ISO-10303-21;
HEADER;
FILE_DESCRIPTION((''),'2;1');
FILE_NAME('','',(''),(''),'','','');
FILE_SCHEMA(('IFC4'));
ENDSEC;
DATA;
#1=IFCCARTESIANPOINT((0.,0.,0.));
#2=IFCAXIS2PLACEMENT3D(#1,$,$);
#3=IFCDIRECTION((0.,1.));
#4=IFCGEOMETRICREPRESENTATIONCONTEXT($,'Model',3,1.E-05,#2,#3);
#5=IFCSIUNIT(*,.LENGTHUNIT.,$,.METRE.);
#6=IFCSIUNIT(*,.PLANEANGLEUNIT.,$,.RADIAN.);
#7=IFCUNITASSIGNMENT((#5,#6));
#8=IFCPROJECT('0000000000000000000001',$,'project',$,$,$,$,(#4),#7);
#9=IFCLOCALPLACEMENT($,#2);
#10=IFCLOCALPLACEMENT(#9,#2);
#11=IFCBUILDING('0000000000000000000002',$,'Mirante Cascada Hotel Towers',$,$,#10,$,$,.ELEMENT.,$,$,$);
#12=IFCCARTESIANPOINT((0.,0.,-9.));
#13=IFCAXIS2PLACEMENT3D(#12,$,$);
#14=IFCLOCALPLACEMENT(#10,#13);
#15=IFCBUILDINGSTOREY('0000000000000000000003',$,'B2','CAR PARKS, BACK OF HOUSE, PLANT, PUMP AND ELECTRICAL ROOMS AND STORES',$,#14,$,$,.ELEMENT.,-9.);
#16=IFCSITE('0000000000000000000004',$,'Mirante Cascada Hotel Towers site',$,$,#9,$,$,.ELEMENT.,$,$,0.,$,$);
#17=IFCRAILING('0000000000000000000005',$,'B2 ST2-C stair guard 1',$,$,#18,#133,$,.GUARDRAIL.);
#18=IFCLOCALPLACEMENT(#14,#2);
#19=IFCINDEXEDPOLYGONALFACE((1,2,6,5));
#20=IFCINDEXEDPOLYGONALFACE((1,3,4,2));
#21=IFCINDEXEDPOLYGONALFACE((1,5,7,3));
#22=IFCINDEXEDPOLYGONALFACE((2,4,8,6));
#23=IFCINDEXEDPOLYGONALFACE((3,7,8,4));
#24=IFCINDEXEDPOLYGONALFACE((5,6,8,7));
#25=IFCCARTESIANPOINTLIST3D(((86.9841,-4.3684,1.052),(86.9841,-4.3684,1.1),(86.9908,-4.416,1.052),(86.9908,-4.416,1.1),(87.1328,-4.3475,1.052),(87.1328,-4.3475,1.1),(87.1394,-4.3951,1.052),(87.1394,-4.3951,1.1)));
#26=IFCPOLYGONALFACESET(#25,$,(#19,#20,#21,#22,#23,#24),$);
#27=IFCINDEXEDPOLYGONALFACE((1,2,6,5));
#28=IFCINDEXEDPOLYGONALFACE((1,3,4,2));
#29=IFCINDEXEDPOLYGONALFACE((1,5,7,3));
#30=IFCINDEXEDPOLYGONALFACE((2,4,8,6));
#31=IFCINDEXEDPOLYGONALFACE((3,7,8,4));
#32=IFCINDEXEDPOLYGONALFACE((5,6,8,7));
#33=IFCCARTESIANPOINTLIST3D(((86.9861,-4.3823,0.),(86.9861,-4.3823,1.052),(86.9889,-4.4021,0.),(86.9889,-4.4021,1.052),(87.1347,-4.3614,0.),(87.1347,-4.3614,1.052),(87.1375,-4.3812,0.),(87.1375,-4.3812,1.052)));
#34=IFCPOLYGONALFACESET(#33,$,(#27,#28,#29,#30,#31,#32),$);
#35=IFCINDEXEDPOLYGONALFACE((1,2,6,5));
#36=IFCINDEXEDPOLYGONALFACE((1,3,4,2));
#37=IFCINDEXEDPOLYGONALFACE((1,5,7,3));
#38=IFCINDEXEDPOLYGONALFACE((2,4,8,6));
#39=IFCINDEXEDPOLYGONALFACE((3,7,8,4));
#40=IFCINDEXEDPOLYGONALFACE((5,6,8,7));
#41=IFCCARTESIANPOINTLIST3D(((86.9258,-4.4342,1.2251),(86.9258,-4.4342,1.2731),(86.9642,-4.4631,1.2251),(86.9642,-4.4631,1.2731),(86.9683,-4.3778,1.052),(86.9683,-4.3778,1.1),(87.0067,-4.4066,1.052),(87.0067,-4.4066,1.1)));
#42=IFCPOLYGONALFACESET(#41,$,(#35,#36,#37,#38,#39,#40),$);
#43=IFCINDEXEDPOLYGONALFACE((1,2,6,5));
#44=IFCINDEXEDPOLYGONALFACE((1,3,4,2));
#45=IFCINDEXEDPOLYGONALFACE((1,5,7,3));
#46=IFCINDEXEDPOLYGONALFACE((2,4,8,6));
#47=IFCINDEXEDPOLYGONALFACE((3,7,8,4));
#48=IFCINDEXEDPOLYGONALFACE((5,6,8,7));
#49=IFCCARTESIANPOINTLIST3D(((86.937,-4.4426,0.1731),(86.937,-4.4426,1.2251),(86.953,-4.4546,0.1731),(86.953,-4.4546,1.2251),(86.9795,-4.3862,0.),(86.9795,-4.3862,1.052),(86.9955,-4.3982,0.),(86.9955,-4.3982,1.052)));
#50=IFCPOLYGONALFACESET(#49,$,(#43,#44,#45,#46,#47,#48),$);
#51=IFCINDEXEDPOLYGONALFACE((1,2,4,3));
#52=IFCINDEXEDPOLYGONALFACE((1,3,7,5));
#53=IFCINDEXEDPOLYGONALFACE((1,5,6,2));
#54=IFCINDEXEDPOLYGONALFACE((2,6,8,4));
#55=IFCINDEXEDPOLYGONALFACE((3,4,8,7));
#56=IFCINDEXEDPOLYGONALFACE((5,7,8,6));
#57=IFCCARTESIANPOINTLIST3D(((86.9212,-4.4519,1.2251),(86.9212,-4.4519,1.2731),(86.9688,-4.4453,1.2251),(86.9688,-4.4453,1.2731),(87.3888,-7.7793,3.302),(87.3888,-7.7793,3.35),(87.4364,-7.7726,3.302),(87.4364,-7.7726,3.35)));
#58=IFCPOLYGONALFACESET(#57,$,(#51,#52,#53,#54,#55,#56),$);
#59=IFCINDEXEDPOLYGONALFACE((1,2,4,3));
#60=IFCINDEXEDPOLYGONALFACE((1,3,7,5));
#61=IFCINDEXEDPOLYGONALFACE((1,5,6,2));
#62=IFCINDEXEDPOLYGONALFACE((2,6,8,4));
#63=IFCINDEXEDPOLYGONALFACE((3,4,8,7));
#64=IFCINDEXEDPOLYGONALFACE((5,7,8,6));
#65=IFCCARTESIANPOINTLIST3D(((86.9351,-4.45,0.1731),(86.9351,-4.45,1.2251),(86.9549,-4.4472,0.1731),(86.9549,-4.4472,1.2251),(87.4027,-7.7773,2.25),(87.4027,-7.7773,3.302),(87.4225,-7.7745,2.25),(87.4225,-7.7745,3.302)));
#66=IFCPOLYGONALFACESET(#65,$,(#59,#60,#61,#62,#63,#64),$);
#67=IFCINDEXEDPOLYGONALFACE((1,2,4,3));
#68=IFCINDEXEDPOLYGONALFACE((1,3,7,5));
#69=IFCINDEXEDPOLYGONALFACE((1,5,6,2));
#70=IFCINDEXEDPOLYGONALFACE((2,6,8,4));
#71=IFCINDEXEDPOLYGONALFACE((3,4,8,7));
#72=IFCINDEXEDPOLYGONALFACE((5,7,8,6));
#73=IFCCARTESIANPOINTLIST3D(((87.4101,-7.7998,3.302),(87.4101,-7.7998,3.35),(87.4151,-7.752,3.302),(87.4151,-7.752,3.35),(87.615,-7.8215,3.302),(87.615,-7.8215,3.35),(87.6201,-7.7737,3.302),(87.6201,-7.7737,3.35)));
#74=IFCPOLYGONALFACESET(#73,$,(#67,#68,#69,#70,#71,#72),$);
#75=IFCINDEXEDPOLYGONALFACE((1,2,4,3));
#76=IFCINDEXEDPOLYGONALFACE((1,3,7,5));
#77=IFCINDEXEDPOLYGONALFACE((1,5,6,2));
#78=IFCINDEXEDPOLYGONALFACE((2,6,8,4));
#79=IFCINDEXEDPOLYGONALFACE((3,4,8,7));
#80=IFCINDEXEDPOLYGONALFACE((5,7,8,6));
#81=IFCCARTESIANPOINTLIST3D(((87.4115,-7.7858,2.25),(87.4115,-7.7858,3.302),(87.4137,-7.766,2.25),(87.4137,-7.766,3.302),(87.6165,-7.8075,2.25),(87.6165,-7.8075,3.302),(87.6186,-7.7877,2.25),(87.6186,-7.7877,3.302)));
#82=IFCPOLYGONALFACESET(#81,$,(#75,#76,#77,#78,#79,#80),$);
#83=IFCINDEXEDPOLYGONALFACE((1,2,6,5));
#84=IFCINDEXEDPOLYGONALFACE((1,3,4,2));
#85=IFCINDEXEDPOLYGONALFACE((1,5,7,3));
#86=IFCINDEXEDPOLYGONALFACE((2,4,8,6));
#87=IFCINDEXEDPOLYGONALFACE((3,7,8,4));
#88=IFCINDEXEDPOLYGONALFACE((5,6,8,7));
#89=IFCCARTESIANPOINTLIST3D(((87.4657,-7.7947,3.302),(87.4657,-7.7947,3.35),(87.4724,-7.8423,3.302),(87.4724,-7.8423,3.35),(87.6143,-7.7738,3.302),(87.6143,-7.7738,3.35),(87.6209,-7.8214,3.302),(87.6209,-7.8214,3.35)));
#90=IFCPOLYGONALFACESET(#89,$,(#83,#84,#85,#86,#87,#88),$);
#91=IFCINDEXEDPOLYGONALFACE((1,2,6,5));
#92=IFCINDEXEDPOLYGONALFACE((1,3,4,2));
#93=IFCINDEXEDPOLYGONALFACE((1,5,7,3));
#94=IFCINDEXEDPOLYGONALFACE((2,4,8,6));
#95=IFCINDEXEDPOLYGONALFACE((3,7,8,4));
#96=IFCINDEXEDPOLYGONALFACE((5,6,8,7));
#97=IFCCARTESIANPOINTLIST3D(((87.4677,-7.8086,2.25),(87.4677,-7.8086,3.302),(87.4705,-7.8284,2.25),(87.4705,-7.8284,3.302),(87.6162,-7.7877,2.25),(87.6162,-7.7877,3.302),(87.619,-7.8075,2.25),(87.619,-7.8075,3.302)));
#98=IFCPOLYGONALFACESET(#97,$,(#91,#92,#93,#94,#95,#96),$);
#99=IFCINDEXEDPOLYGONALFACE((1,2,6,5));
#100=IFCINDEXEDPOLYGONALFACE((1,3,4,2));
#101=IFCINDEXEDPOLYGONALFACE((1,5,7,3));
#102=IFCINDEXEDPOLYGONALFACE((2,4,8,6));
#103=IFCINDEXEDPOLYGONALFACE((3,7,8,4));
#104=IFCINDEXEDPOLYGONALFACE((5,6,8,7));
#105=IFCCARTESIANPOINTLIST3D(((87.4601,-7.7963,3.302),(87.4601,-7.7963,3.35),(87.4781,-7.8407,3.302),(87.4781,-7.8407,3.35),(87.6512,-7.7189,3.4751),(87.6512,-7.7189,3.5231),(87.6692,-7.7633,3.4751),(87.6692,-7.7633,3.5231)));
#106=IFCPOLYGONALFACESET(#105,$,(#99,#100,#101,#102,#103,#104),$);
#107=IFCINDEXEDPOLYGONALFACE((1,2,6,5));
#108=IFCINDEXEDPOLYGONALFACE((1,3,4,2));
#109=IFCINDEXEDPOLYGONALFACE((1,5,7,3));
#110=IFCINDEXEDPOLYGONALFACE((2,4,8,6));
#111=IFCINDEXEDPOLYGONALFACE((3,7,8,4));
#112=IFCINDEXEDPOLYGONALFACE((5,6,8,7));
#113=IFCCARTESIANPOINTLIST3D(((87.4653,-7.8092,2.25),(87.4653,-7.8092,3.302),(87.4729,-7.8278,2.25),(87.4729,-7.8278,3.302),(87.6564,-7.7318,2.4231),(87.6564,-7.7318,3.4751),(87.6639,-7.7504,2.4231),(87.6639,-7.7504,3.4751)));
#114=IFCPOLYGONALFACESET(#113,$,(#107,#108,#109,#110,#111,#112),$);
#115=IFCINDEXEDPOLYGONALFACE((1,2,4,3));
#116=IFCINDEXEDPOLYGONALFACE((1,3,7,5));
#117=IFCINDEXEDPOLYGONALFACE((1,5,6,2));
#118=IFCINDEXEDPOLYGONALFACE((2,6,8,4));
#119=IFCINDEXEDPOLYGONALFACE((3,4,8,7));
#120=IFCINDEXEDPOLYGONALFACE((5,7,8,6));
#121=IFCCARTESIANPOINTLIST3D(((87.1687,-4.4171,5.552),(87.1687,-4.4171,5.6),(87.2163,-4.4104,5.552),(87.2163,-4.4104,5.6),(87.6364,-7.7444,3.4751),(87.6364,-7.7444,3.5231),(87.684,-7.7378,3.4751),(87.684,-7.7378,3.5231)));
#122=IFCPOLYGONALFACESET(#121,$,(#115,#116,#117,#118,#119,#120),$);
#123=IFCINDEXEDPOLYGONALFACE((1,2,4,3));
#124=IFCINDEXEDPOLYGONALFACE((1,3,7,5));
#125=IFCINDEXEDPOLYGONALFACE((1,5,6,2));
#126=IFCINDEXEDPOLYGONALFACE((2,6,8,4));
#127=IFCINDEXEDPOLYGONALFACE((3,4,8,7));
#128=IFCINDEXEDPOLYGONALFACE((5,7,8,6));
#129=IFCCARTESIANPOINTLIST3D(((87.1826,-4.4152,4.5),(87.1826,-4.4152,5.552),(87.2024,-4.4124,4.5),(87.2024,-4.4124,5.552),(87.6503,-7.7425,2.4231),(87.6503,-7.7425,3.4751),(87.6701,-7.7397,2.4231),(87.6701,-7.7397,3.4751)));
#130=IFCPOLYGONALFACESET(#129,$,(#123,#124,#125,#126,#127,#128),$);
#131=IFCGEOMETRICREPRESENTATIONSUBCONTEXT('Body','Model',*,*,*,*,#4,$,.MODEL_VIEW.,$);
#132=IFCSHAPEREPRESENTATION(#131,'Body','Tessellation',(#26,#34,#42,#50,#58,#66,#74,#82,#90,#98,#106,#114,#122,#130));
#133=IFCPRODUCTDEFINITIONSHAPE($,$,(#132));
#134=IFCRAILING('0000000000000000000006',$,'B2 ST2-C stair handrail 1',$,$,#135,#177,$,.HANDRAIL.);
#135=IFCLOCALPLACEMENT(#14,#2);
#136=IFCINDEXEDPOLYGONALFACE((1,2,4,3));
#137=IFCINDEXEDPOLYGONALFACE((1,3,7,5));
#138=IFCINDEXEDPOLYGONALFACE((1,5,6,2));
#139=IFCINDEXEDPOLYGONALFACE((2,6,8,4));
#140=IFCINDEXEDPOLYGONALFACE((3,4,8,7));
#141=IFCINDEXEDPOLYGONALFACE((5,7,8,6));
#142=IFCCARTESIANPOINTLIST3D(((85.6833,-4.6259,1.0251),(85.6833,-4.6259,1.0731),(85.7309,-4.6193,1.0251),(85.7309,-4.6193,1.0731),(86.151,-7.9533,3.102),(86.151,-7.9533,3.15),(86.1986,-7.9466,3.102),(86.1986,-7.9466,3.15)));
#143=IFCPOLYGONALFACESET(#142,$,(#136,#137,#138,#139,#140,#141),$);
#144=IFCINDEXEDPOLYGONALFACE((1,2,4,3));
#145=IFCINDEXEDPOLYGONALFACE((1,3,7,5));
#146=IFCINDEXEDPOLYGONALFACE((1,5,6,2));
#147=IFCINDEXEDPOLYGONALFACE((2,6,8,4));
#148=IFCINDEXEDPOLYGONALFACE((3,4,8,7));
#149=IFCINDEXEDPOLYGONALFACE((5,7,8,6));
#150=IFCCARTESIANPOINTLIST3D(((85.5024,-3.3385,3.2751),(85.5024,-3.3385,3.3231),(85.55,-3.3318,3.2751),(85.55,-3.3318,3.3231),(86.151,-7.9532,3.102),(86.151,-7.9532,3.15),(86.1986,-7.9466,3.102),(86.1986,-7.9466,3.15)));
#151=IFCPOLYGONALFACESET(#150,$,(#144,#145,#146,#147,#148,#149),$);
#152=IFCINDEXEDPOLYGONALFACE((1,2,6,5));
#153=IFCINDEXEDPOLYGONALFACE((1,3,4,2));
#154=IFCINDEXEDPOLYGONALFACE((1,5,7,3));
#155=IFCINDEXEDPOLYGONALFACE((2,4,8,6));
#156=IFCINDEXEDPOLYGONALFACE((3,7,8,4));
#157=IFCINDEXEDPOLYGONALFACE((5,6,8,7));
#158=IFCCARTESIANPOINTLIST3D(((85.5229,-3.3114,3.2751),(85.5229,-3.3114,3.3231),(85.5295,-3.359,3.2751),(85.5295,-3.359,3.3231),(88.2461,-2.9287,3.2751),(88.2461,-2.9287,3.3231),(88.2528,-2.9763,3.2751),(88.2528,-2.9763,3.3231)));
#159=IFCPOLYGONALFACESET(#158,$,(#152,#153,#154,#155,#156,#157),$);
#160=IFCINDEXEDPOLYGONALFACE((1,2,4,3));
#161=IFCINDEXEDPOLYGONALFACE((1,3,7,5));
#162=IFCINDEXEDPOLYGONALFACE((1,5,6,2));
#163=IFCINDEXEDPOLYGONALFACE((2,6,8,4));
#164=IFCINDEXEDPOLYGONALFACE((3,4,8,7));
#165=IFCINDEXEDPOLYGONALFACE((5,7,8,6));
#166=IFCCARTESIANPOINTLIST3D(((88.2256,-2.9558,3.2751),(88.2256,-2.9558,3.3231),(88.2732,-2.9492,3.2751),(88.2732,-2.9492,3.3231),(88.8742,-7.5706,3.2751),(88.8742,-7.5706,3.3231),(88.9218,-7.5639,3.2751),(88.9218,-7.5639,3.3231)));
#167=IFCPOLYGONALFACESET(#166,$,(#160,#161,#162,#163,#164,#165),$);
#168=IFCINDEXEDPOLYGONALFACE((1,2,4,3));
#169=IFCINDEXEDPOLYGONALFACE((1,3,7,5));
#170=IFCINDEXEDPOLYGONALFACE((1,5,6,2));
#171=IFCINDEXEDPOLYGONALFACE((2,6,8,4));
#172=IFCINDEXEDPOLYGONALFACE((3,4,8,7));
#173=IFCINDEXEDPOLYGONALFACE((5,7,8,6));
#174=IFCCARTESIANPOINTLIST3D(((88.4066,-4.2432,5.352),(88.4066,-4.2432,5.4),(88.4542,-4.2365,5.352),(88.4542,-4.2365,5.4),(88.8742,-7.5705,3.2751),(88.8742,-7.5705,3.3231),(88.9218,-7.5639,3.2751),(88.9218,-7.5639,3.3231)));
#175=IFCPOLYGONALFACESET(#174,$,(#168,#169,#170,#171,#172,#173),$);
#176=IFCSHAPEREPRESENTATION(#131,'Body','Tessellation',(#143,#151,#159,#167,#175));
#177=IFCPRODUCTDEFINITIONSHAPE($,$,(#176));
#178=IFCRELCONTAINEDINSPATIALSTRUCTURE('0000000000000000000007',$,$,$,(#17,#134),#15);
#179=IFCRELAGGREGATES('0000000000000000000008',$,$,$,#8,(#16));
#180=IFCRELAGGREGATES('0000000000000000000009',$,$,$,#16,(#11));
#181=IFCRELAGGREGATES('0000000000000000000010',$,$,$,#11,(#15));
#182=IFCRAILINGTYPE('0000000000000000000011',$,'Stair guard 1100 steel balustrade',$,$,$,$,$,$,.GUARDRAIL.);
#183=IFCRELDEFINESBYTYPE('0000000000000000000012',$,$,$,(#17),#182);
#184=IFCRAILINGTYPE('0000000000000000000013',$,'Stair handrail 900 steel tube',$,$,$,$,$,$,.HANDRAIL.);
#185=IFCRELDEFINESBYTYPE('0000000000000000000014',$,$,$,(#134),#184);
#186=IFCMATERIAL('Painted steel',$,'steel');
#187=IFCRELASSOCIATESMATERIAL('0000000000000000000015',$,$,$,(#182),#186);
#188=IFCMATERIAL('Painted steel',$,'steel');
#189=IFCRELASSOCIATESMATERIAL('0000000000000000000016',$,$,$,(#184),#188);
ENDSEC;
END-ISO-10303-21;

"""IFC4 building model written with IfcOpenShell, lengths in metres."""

from ifc_helpers import new_model, si_unit, direction, frame, origin, origin_2d, place, context, subcontext, project, spatial, rectangle, extrude, material, type_object, element, save


model = new_model("IFC4")

# Units and contexts
model_context = context("Model", 3, precision=1e-05, world=origin(), true_north=direction((0.0, 1.0)))
body_context = subcontext(model_context, "Body", "Model", "MODEL_VIEW")
ifc_project = project(units=[si_unit("LENGTHUNIT", "METRE"), si_unit("PLANEANGLEUNIT", "RADIAN")], contexts=[model_context])

# Site, building, storey
site_placement = place(None, origin())
site = spatial("IfcSite", under=ifc_project, at=site_placement, Name="Mirante Cascada Hotel Towers site", CompositionType="ELEMENT", RefElevation=0.0)
building_placement = place(site_placement, origin())
building = spatial("IfcBuilding", under=site, at=building_placement, Name="Mirante Cascada Hotel Towers", CompositionType="ELEMENT")
storey_placement = place(building_placement, frame((0.0, 0.0, -9.0)))
storey = spatial("IfcBuildingStorey", under=building, at=storey_placement, Name="B2", Description="CAR PARKS, BACK OF HOUSE, PLANT, PUMP AND ELECTRICAL ROOMS AND STORES", CompositionType="ELEMENT", Elevation=-9.0)

# Railings
ifc_material_1 = material(Name="Painted steel", Category="steel")
railing_type_1 = type_object("IfcRailingType", Name="Stair guard 1100 steel balustrade", PredefinedType="GUARDRAIL", material=ifc_material_1)
railing_1_placement = place(storey_placement, frame((87.1361, -4.3713, 0.0)))
element("IfcRailing", 1, at=railing_1_placement, inside=storey, type_object=railing_type_1, Name="B2 ST2-C stair guard 1", PredefinedType="GUARDRAIL", context=body_context, shape_type="SweptSolid", body=[
    extrude(rectangle(XDim=0.048, YDim=0.048, at=origin_2d()), frame((0.0, 0.0, 1.076), z_axis=(-0.990254, -0.139275, 0.0), x_axis=(0.139275, -0.990254, 0.0)), (0.0, 0.0, 1.0), 0.1501),
    extrude(rectangle(XDim=0.02, YDim=1.052, at=origin_2d()), frame((0.0, 0.0, 0.526), z_axis=(-0.990254, -0.139275, 0.0), x_axis=(0.139275, -0.990254, 0.0)), (0.0, 0.0, 1.0), 0.1501),
    extrude(rectangle(XDim=0.048, YDim=0.048, at=origin_2d()), frame((-0.1486, -0.0209, 1.076), z_axis=(-0.601811, -0.798639, 0.0), x_axis=(0.798639, -0.601811, 0.0)), (0.0, 0.925909, 0.377746), 0.187),
    extrude(rectangle(XDim=0.02, YDim=1.052, at=origin_2d()), frame((-0.1486, -0.0209, 0.526), z_axis=(-0.601811, -0.798639, 0.0), x_axis=(0.798639, -0.601811, 0.0)), (0.0, 0.925909, 0.377746), 0.187),
    extrude(rectangle(XDim=0.048, YDim=0.048, at=origin_2d()), frame((-0.1911, -0.0773, 1.2491), z_axis=(0.139167, -0.990269, 0.0), x_axis=(0.990269, 0.139167, 0.0)), (0.0, 0.525787, 0.850616), 3.9501),
    extrude(rectangle(XDim=0.02, YDim=1.052, at=origin_2d()), frame((-0.1911, -0.0773, 0.6991), z_axis=(0.139167, -0.990269, 0.0), x_axis=(0.990269, 0.139167, 0.0)), (0.0, 0.525787, 0.850616), 3.9501),
    extrude(rectangle(XDim=0.048, YDim=0.048, at=origin_2d()), frame((0.2765, -3.4046, 3.326), z_axis=(0.994444, -0.105266, 0.0), x_axis=(0.105266, 0.994444, 0.0)), (0.0, 0.0, 1.0), 0.2061),
    extrude(rectangle(XDim=0.02, YDim=1.052, at=origin_2d()), frame((0.2765, -3.4046, 2.776), z_axis=(0.994444, -0.105266, 0.0), x_axis=(0.105266, 0.994444, 0.0)), (0.0, 0.0, 1.0), 0.2061),
    extrude(rectangle(XDim=0.048, YDim=0.048, at=origin_2d()), frame((0.4815, -3.4263, 3.326), z_axis=(-0.990241, -0.139367, 0.0), x_axis=(0.139367, -0.990241, 0.0)), (0.0, 0.0, 1.0), 0.15),
    extrude(rectangle(XDim=0.02, YDim=1.052, at=origin_2d()), frame((0.4815, -3.4263, 2.776), z_axis=(-0.990241, -0.139367, 0.0), x_axis=(0.139367, -0.990241, 0.0)), (0.0, 0.0, 1.0), 0.15),
    extrude(rectangle(XDim=0.048, YDim=0.048, at=origin_2d()), frame((0.333, -3.4472, 3.326), z_axis=(0.926862, 0.375401, 0.0), x_axis=(-0.375401, 0.926862, 0.0)), (0.0, 0.642994, 0.765871), 0.2692),
    extrude(rectangle(XDim=0.02, YDim=1.052, at=origin_2d()), frame((0.333, -3.4472, 2.776), z_axis=(0.926862, 0.375401, 0.0), x_axis=(-0.375401, 0.926862, 0.0)), (0.0, 0.642994, 0.765871), 0.2692),
    extrude(rectangle(XDim=0.048, YDim=0.048, at=origin_2d()), frame((0.5241, -3.3698, 3.4991), z_axis=(-0.139196, 0.990265, 0.0), x_axis=(-0.990265, -0.139196, 0.0)), (0.0, 0.525786, 0.850617), 3.9501),
    extrude(rectangle(XDim=0.02, YDim=1.052, at=origin_2d()), frame((0.5241, -3.3698, 2.9491), z_axis=(-0.139196, 0.990265, 0.0), x_axis=(-0.990265, -0.139196, 0.0)), (0.0, 0.525786, 0.850617), 3.9501),
])
ifc_material_2 = material(Name="Painted steel", Category="steel")
railing_type_2 = type_object("IfcRailingType", Name="Stair handrail 900 steel tube", PredefinedType="HANDRAIL", material=ifc_material_2)
railing_2_placement = place(storey_placement, frame((85.7071, -4.6226, 0.1731)))
element("IfcRailing", 2, at=railing_2_placement, inside=storey, type_object=railing_type_2, Name="B2 ST2-C stair handrail 1", PredefinedType="HANDRAIL", context=body_context, shape_type="SweptSolid", body=[
    extrude(rectangle(XDim=0.048, YDim=0.048, at=origin_2d()), frame((0.0, 0.0, 0.876), z_axis=(0.139196, -0.990265, 0.0), x_axis=(0.990265, 0.139196, 0.0)), (0.0, 0.525786, 0.850617), 3.9501),
    extrude(rectangle(XDim=0.048, YDim=0.048, at=origin_2d()), frame((0.4677, -3.3273, 2.9529), z_axis=(-0.139183, 0.990267, 0.0), x_axis=(-0.990267, -0.139183, 0.0)), (0.0, 0.03712, 0.999311), 4.6633),
    extrude(rectangle(XDim=0.048, YDim=0.048, at=origin_2d()), frame((-0.1809, 1.2874, 3.126), z_axis=(0.990269, 0.139166, 0.0), x_axis=(-0.139166, 0.990269, 0.0)), (0.0, 0.0, 1.0), 2.75),
    extrude(rectangle(XDim=0.048, YDim=0.048, at=origin_2d()), frame((2.5423, 1.6701, 3.126), z_axis=(0.139183, -0.990267, 0.0), x_axis=(0.990267, 0.139183, 0.0)), (0.0, 0.0, 1.0), 4.6601),
    extrude(rectangle(XDim=0.048, YDim=0.048, at=origin_2d()), frame((3.1909, -2.9446, 3.126), z_axis=(-0.139167, 0.990269, 0.0), x_axis=(-0.990269, -0.139167, 0.0)), (0.0, 0.525787, 0.850616), 3.9501),
])

save(model, "model.ifc")
